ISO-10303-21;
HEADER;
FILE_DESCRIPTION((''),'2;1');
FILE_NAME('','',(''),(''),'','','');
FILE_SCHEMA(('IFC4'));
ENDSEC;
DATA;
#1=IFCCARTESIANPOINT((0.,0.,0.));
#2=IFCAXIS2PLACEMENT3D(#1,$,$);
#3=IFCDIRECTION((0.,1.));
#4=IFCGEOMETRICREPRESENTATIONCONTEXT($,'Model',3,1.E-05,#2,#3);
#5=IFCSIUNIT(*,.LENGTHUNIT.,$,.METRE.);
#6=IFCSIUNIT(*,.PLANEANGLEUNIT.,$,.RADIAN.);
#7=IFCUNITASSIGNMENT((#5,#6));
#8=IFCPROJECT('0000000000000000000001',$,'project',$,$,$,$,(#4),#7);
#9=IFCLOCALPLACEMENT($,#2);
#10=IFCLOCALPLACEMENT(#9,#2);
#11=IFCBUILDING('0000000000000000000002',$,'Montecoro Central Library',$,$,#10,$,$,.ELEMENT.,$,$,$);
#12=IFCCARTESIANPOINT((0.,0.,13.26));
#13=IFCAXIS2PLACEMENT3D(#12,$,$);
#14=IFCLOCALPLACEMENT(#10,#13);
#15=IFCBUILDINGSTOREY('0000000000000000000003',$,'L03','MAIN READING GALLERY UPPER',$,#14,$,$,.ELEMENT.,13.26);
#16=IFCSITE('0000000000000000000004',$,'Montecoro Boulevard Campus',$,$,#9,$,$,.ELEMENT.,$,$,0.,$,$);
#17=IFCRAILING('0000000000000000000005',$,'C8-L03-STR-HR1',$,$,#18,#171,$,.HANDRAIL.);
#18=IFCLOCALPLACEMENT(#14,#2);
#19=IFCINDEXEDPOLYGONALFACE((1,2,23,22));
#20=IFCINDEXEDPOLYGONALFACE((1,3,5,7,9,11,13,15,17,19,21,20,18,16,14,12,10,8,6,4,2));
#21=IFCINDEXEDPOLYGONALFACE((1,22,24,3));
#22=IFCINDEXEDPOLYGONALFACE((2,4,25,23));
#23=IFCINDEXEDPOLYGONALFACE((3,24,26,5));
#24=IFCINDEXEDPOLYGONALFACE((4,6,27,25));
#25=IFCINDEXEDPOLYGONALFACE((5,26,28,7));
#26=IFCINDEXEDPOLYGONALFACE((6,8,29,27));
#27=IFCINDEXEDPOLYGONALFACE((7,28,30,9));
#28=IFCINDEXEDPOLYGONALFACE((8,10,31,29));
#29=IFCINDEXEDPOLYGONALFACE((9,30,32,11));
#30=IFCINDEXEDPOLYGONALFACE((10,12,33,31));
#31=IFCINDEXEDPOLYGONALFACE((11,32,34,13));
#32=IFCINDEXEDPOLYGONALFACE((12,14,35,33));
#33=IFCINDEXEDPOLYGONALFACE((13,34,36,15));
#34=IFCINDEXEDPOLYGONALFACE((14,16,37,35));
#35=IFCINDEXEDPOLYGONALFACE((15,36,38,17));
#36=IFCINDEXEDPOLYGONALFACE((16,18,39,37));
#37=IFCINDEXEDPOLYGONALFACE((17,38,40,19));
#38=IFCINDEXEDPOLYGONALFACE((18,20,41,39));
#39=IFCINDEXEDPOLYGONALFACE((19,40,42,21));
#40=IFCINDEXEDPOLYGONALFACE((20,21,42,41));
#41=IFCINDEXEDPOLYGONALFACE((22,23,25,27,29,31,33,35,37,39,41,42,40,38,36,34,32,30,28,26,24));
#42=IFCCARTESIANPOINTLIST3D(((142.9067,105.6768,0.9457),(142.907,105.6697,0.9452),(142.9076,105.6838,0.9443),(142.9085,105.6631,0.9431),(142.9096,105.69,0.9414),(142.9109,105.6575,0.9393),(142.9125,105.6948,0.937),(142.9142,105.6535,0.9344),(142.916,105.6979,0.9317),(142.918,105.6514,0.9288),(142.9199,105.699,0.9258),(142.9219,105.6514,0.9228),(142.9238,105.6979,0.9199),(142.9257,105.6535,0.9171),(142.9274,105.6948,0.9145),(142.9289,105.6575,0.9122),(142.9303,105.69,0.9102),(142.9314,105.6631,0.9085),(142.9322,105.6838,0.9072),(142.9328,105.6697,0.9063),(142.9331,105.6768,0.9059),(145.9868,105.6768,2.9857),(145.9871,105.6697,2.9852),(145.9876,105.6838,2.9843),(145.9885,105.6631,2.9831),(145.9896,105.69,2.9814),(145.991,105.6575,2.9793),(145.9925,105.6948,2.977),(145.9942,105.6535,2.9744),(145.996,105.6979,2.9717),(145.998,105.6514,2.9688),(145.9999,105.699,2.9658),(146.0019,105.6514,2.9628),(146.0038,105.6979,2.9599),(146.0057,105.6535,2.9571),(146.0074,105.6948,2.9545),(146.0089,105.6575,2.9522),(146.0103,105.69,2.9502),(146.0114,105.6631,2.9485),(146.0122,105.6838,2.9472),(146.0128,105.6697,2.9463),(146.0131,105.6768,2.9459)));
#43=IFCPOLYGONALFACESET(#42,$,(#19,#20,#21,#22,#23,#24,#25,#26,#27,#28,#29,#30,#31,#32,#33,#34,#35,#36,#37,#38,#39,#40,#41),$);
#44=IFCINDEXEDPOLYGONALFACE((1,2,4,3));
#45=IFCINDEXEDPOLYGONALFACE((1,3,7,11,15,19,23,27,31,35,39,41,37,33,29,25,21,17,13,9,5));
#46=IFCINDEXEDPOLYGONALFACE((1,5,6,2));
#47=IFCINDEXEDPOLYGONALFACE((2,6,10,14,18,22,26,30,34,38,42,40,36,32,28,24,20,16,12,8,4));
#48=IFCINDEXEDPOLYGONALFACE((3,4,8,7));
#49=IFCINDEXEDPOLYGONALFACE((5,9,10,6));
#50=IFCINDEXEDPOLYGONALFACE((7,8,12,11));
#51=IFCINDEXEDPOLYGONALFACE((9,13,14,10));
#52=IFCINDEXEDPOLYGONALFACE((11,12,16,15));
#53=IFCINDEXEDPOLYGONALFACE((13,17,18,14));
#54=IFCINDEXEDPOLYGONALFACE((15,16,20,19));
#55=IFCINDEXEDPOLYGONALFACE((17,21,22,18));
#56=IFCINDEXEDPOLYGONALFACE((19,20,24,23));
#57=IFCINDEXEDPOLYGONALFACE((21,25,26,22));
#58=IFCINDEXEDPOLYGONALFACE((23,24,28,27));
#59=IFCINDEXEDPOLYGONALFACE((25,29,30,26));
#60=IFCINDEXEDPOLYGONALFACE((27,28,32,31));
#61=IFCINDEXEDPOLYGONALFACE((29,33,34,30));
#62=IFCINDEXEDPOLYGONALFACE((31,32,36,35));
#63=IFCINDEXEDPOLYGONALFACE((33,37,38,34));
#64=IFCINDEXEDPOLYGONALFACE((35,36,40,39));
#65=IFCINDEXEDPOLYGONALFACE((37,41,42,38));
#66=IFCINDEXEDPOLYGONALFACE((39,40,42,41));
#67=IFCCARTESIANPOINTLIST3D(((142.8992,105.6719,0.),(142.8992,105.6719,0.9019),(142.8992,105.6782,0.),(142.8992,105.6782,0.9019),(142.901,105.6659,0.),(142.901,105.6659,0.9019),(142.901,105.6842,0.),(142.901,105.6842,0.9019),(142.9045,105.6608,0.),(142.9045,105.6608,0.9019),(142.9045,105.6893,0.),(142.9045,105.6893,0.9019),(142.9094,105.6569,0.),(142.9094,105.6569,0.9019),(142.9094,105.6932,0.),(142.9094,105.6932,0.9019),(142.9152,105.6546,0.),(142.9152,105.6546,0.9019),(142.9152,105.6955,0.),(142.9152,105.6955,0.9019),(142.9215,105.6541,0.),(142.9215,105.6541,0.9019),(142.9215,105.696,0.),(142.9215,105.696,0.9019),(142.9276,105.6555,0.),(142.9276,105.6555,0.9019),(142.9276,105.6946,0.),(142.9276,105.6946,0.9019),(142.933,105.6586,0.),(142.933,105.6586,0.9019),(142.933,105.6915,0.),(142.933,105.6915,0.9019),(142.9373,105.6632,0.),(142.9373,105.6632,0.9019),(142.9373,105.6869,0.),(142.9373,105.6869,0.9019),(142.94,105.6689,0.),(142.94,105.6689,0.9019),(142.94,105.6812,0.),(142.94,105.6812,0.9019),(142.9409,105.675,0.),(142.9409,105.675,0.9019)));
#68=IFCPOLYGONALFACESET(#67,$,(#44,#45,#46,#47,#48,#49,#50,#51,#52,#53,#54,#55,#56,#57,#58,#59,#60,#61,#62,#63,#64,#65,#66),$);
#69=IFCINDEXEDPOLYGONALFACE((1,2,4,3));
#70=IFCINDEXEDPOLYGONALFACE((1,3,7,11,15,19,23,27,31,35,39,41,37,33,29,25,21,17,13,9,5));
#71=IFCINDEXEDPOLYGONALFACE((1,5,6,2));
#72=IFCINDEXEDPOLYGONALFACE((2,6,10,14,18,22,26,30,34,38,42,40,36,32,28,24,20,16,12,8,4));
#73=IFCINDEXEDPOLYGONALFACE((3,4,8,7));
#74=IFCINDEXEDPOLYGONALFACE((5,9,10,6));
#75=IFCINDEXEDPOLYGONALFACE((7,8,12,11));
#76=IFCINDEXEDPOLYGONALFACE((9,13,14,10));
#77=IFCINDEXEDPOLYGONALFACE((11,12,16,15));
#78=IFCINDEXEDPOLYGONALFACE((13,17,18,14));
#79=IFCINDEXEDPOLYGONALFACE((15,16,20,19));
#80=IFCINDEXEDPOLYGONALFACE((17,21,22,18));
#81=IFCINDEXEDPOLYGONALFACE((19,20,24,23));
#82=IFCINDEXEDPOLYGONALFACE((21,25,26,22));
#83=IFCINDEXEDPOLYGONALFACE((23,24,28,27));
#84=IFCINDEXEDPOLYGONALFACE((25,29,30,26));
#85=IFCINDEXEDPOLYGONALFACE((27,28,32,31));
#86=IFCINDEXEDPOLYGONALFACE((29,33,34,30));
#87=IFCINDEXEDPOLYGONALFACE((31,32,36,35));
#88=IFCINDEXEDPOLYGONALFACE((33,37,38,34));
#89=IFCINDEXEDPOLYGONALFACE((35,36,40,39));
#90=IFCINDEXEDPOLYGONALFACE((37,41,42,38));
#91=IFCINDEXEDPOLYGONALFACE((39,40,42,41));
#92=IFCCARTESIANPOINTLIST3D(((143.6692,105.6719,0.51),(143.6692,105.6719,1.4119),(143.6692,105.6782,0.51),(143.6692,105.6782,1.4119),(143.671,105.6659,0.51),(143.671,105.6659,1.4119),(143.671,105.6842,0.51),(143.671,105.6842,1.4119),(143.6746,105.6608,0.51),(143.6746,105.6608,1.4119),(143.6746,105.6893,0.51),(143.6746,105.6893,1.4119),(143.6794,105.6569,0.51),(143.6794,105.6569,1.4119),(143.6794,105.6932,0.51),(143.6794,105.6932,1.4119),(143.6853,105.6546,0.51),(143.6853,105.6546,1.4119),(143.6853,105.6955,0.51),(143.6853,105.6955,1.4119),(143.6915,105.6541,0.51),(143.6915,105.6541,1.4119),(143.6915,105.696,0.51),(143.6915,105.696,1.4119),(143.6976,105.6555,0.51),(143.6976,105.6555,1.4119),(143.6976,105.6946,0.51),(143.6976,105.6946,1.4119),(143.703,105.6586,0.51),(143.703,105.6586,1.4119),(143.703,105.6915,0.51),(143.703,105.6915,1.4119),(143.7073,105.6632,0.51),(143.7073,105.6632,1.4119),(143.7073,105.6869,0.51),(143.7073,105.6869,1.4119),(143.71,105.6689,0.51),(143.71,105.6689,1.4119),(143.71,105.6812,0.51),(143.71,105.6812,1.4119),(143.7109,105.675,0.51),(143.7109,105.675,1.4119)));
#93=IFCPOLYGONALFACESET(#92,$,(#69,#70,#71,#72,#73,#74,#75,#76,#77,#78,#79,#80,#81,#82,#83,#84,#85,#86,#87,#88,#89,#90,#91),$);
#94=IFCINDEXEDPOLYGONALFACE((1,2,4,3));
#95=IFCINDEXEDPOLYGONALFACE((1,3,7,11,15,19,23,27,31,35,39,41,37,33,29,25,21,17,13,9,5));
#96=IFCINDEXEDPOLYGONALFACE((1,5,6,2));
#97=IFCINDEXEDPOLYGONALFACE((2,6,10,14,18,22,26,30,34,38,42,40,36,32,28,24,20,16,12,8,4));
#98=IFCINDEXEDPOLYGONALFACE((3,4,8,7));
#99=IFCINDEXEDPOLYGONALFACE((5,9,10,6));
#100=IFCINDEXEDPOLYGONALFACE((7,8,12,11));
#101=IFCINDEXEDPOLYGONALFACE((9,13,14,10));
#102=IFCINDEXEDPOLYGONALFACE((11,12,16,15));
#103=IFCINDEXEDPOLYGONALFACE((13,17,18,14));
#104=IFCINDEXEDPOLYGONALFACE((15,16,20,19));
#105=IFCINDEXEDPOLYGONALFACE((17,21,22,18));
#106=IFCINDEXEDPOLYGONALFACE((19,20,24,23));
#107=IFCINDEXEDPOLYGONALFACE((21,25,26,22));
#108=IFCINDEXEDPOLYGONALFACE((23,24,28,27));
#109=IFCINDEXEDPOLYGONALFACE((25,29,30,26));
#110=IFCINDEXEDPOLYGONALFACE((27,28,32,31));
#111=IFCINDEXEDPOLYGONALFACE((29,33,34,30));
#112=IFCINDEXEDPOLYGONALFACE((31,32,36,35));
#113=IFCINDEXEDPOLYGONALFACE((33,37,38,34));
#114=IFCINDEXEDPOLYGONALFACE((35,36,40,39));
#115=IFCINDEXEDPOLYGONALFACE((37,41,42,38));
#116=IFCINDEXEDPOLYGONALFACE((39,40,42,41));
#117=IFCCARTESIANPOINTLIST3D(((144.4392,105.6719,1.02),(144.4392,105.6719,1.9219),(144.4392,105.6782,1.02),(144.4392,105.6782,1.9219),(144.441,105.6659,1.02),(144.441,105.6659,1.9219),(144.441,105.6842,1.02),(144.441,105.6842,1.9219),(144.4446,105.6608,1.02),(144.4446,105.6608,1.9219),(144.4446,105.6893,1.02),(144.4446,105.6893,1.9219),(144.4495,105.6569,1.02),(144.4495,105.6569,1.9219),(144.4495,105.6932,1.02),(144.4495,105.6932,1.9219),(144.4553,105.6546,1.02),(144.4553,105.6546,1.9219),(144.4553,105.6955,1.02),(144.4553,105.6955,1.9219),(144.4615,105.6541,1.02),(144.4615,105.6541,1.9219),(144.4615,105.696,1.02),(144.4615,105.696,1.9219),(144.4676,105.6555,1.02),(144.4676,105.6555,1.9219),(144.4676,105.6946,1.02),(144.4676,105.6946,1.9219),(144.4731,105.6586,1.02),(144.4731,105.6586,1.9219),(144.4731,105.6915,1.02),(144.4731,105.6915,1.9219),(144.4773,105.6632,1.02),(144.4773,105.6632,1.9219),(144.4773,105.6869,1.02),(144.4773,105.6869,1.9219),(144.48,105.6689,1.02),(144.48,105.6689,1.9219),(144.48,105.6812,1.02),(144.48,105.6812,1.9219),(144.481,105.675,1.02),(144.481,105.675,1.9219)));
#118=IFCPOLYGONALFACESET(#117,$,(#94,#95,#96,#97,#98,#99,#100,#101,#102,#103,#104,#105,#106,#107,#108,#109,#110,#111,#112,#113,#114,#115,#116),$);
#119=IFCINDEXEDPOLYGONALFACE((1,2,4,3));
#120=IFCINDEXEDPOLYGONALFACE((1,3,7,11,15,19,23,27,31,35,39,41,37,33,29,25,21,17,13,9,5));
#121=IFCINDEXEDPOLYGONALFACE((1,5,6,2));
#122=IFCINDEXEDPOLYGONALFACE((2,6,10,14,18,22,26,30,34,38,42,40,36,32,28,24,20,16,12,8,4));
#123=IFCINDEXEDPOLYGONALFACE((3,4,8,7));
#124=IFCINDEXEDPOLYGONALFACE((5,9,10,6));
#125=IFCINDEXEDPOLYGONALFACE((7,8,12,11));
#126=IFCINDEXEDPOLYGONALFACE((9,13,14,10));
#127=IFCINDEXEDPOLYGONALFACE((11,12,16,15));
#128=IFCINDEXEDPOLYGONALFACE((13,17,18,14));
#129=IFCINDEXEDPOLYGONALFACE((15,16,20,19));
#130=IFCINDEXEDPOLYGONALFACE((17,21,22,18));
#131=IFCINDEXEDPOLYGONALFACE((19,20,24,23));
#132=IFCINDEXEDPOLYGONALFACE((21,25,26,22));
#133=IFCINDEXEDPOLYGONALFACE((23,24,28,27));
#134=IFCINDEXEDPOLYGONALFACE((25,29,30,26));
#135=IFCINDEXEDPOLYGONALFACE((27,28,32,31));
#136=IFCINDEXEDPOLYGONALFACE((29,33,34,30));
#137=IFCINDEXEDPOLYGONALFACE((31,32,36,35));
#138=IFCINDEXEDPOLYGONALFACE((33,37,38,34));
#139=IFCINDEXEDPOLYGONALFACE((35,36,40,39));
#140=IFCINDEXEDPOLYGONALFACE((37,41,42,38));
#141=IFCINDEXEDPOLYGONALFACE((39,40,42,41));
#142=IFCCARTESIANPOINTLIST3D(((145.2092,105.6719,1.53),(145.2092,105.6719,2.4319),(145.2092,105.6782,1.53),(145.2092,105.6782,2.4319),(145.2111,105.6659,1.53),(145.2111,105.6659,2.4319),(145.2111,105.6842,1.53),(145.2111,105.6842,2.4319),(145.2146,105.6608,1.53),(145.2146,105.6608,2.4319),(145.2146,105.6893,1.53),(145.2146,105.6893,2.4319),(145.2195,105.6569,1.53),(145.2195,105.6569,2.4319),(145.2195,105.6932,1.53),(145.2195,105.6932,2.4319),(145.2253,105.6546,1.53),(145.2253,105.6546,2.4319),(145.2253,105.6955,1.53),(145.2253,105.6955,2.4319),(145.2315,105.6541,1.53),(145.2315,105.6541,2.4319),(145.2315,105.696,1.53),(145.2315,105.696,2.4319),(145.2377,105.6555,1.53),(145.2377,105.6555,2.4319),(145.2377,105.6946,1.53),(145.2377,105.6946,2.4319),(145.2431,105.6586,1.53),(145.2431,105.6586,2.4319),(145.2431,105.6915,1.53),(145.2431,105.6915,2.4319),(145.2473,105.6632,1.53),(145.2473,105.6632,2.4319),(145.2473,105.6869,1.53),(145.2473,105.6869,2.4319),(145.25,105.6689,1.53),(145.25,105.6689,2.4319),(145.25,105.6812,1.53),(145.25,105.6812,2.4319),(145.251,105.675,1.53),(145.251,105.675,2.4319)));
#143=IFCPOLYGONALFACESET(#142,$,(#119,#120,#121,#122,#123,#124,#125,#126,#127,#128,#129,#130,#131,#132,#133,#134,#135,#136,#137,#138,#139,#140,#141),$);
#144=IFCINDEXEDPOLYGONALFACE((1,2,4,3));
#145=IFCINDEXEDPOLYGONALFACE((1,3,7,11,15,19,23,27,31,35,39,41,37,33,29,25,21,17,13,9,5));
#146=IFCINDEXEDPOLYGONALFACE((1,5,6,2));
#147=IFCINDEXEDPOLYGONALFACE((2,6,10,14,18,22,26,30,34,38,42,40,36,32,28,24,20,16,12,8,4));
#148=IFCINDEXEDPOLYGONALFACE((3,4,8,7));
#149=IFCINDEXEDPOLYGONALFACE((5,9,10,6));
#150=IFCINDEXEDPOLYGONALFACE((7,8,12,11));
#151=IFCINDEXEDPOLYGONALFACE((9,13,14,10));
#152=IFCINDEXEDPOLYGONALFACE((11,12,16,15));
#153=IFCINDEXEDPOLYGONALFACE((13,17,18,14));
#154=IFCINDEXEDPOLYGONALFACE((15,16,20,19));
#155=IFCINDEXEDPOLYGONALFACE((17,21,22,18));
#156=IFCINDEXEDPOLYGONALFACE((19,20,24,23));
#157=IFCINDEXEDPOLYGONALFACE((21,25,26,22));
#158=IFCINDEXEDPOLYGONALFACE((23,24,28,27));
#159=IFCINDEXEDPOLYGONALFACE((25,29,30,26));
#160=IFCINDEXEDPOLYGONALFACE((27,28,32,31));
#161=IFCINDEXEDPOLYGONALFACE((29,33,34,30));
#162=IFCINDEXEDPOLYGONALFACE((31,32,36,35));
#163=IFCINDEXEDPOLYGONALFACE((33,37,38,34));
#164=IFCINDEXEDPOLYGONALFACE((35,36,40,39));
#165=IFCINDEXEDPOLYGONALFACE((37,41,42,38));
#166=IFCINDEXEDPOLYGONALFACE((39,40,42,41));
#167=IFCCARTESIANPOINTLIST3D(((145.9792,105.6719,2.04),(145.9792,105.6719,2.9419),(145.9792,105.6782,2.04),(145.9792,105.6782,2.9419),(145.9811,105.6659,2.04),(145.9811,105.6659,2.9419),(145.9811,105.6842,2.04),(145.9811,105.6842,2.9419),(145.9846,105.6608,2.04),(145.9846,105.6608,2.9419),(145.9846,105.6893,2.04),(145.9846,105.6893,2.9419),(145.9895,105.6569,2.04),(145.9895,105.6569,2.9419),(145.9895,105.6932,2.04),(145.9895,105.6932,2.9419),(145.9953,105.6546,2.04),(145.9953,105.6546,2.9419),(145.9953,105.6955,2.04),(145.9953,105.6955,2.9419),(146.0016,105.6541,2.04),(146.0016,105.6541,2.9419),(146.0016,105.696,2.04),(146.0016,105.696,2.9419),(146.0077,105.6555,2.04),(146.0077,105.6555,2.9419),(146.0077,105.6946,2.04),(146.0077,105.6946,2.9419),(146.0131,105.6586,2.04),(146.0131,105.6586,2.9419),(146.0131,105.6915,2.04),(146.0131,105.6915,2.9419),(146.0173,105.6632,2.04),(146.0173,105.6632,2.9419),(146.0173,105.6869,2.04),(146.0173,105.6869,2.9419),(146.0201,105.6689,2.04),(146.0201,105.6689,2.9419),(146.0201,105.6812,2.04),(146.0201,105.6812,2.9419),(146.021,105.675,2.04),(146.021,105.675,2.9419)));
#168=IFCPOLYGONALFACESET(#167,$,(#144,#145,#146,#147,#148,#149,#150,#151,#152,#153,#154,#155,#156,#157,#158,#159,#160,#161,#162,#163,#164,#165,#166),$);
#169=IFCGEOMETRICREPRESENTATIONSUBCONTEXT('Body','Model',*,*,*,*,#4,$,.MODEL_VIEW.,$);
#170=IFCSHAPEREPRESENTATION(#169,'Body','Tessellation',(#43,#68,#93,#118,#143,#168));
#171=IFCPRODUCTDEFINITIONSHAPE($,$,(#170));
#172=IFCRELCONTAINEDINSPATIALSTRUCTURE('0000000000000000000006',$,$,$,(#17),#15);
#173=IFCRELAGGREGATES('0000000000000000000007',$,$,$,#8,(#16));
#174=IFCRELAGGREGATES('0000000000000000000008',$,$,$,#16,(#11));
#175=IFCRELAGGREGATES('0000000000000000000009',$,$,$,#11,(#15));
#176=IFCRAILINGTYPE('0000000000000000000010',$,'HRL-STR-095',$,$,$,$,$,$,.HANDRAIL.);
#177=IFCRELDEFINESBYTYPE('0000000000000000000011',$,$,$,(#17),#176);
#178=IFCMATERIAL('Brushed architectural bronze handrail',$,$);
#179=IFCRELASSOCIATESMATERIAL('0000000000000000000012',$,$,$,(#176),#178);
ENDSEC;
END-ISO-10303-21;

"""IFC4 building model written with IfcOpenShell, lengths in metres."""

from ifc_helpers import new_model, si_unit, direction, frame, origin, origin_2d, place, context, subcontext, project, spatial, circle, extrude, material, type_object, element, save


model = new_model("IFC4")

# Units and contexts
model_context = context("Model", 3, precision=1e-05, world=origin(), true_north=direction((0.0, 1.0)))
body_context = subcontext(model_context, "Body", "Model", "MODEL_VIEW")
ifc_project = project(units=[si_unit("LENGTHUNIT", "METRE"), si_unit("PLANEANGLEUNIT", "RADIAN")], contexts=[model_context])

# Site, building, storey
site_placement = place(None, origin())
site = spatial("IfcSite", under=ifc_project, at=site_placement, Name="Montecoro Boulevard Campus", CompositionType="ELEMENT", RefElevation=0.0)
building_placement = place(site_placement, origin())
building = spatial("IfcBuilding", under=site, at=building_placement, Name="Montecoro Central Library", CompositionType="ELEMENT")
storey_placement = place(building_placement, frame((0.0, 0.0, 13.26)))
storey = spatial("IfcBuildingStorey", under=building, at=storey_placement, Name="L03", Description="MAIN READING GALLERY UPPER", CompositionType="ELEMENT", Elevation=13.26)

# Railing
ifc_material_1 = material(Name="Brushed architectural bronze handrail")
railing_type_1 = type_object("IfcRailingType", Name="HRL-STR-095", PredefinedType="HANDRAIL", material=ifc_material_1)
railing_1_placement = place(storey_placement, frame((142.9199, 105.675, 0.0)))
element("IfcRailing", 1, at=railing_1_placement, inside=storey, type_object=railing_type_1, Name="C8-L03-STR-HR1", PredefinedType="HANDRAIL", context=body_context, shape_type="SweptSolid", body=[
    extrude(circle(Radius=0.0239, at=origin_2d()), frame((0.0, 0.0, 0.9258), z_axis=(0.833714, 0.0, 0.552197), x_axis=(0.0, 1.0, 0.0)), (0.0, 0.0, 1.0), 3.6943),
    extrude(circle(Radius=0.021, at=origin_2d()), origin(), (0.0, 0.0, 1.0), 0.9019),
    extrude(circle(Radius=0.021, at=origin_2d()), frame((0.77, 0.0, 0.51)), (0.0, 0.0, 1.0), 0.9019),
    extrude(circle(Radius=0.021, at=origin_2d()), frame((1.54, 0.0, 1.02)), (0.0, 0.0, 1.0), 0.9019),
    extrude(circle(Radius=0.021, at=origin_2d()), frame((2.3101, 0.0, 1.53)), (0.0, 0.0, 1.0), 0.9019),
    extrude(circle(Radius=0.021, at=origin_2d()), frame((3.0801, 0.0, 2.04)), (0.0, 0.0, 1.0), 0.9019),
])

save(model, "model.ifc")
